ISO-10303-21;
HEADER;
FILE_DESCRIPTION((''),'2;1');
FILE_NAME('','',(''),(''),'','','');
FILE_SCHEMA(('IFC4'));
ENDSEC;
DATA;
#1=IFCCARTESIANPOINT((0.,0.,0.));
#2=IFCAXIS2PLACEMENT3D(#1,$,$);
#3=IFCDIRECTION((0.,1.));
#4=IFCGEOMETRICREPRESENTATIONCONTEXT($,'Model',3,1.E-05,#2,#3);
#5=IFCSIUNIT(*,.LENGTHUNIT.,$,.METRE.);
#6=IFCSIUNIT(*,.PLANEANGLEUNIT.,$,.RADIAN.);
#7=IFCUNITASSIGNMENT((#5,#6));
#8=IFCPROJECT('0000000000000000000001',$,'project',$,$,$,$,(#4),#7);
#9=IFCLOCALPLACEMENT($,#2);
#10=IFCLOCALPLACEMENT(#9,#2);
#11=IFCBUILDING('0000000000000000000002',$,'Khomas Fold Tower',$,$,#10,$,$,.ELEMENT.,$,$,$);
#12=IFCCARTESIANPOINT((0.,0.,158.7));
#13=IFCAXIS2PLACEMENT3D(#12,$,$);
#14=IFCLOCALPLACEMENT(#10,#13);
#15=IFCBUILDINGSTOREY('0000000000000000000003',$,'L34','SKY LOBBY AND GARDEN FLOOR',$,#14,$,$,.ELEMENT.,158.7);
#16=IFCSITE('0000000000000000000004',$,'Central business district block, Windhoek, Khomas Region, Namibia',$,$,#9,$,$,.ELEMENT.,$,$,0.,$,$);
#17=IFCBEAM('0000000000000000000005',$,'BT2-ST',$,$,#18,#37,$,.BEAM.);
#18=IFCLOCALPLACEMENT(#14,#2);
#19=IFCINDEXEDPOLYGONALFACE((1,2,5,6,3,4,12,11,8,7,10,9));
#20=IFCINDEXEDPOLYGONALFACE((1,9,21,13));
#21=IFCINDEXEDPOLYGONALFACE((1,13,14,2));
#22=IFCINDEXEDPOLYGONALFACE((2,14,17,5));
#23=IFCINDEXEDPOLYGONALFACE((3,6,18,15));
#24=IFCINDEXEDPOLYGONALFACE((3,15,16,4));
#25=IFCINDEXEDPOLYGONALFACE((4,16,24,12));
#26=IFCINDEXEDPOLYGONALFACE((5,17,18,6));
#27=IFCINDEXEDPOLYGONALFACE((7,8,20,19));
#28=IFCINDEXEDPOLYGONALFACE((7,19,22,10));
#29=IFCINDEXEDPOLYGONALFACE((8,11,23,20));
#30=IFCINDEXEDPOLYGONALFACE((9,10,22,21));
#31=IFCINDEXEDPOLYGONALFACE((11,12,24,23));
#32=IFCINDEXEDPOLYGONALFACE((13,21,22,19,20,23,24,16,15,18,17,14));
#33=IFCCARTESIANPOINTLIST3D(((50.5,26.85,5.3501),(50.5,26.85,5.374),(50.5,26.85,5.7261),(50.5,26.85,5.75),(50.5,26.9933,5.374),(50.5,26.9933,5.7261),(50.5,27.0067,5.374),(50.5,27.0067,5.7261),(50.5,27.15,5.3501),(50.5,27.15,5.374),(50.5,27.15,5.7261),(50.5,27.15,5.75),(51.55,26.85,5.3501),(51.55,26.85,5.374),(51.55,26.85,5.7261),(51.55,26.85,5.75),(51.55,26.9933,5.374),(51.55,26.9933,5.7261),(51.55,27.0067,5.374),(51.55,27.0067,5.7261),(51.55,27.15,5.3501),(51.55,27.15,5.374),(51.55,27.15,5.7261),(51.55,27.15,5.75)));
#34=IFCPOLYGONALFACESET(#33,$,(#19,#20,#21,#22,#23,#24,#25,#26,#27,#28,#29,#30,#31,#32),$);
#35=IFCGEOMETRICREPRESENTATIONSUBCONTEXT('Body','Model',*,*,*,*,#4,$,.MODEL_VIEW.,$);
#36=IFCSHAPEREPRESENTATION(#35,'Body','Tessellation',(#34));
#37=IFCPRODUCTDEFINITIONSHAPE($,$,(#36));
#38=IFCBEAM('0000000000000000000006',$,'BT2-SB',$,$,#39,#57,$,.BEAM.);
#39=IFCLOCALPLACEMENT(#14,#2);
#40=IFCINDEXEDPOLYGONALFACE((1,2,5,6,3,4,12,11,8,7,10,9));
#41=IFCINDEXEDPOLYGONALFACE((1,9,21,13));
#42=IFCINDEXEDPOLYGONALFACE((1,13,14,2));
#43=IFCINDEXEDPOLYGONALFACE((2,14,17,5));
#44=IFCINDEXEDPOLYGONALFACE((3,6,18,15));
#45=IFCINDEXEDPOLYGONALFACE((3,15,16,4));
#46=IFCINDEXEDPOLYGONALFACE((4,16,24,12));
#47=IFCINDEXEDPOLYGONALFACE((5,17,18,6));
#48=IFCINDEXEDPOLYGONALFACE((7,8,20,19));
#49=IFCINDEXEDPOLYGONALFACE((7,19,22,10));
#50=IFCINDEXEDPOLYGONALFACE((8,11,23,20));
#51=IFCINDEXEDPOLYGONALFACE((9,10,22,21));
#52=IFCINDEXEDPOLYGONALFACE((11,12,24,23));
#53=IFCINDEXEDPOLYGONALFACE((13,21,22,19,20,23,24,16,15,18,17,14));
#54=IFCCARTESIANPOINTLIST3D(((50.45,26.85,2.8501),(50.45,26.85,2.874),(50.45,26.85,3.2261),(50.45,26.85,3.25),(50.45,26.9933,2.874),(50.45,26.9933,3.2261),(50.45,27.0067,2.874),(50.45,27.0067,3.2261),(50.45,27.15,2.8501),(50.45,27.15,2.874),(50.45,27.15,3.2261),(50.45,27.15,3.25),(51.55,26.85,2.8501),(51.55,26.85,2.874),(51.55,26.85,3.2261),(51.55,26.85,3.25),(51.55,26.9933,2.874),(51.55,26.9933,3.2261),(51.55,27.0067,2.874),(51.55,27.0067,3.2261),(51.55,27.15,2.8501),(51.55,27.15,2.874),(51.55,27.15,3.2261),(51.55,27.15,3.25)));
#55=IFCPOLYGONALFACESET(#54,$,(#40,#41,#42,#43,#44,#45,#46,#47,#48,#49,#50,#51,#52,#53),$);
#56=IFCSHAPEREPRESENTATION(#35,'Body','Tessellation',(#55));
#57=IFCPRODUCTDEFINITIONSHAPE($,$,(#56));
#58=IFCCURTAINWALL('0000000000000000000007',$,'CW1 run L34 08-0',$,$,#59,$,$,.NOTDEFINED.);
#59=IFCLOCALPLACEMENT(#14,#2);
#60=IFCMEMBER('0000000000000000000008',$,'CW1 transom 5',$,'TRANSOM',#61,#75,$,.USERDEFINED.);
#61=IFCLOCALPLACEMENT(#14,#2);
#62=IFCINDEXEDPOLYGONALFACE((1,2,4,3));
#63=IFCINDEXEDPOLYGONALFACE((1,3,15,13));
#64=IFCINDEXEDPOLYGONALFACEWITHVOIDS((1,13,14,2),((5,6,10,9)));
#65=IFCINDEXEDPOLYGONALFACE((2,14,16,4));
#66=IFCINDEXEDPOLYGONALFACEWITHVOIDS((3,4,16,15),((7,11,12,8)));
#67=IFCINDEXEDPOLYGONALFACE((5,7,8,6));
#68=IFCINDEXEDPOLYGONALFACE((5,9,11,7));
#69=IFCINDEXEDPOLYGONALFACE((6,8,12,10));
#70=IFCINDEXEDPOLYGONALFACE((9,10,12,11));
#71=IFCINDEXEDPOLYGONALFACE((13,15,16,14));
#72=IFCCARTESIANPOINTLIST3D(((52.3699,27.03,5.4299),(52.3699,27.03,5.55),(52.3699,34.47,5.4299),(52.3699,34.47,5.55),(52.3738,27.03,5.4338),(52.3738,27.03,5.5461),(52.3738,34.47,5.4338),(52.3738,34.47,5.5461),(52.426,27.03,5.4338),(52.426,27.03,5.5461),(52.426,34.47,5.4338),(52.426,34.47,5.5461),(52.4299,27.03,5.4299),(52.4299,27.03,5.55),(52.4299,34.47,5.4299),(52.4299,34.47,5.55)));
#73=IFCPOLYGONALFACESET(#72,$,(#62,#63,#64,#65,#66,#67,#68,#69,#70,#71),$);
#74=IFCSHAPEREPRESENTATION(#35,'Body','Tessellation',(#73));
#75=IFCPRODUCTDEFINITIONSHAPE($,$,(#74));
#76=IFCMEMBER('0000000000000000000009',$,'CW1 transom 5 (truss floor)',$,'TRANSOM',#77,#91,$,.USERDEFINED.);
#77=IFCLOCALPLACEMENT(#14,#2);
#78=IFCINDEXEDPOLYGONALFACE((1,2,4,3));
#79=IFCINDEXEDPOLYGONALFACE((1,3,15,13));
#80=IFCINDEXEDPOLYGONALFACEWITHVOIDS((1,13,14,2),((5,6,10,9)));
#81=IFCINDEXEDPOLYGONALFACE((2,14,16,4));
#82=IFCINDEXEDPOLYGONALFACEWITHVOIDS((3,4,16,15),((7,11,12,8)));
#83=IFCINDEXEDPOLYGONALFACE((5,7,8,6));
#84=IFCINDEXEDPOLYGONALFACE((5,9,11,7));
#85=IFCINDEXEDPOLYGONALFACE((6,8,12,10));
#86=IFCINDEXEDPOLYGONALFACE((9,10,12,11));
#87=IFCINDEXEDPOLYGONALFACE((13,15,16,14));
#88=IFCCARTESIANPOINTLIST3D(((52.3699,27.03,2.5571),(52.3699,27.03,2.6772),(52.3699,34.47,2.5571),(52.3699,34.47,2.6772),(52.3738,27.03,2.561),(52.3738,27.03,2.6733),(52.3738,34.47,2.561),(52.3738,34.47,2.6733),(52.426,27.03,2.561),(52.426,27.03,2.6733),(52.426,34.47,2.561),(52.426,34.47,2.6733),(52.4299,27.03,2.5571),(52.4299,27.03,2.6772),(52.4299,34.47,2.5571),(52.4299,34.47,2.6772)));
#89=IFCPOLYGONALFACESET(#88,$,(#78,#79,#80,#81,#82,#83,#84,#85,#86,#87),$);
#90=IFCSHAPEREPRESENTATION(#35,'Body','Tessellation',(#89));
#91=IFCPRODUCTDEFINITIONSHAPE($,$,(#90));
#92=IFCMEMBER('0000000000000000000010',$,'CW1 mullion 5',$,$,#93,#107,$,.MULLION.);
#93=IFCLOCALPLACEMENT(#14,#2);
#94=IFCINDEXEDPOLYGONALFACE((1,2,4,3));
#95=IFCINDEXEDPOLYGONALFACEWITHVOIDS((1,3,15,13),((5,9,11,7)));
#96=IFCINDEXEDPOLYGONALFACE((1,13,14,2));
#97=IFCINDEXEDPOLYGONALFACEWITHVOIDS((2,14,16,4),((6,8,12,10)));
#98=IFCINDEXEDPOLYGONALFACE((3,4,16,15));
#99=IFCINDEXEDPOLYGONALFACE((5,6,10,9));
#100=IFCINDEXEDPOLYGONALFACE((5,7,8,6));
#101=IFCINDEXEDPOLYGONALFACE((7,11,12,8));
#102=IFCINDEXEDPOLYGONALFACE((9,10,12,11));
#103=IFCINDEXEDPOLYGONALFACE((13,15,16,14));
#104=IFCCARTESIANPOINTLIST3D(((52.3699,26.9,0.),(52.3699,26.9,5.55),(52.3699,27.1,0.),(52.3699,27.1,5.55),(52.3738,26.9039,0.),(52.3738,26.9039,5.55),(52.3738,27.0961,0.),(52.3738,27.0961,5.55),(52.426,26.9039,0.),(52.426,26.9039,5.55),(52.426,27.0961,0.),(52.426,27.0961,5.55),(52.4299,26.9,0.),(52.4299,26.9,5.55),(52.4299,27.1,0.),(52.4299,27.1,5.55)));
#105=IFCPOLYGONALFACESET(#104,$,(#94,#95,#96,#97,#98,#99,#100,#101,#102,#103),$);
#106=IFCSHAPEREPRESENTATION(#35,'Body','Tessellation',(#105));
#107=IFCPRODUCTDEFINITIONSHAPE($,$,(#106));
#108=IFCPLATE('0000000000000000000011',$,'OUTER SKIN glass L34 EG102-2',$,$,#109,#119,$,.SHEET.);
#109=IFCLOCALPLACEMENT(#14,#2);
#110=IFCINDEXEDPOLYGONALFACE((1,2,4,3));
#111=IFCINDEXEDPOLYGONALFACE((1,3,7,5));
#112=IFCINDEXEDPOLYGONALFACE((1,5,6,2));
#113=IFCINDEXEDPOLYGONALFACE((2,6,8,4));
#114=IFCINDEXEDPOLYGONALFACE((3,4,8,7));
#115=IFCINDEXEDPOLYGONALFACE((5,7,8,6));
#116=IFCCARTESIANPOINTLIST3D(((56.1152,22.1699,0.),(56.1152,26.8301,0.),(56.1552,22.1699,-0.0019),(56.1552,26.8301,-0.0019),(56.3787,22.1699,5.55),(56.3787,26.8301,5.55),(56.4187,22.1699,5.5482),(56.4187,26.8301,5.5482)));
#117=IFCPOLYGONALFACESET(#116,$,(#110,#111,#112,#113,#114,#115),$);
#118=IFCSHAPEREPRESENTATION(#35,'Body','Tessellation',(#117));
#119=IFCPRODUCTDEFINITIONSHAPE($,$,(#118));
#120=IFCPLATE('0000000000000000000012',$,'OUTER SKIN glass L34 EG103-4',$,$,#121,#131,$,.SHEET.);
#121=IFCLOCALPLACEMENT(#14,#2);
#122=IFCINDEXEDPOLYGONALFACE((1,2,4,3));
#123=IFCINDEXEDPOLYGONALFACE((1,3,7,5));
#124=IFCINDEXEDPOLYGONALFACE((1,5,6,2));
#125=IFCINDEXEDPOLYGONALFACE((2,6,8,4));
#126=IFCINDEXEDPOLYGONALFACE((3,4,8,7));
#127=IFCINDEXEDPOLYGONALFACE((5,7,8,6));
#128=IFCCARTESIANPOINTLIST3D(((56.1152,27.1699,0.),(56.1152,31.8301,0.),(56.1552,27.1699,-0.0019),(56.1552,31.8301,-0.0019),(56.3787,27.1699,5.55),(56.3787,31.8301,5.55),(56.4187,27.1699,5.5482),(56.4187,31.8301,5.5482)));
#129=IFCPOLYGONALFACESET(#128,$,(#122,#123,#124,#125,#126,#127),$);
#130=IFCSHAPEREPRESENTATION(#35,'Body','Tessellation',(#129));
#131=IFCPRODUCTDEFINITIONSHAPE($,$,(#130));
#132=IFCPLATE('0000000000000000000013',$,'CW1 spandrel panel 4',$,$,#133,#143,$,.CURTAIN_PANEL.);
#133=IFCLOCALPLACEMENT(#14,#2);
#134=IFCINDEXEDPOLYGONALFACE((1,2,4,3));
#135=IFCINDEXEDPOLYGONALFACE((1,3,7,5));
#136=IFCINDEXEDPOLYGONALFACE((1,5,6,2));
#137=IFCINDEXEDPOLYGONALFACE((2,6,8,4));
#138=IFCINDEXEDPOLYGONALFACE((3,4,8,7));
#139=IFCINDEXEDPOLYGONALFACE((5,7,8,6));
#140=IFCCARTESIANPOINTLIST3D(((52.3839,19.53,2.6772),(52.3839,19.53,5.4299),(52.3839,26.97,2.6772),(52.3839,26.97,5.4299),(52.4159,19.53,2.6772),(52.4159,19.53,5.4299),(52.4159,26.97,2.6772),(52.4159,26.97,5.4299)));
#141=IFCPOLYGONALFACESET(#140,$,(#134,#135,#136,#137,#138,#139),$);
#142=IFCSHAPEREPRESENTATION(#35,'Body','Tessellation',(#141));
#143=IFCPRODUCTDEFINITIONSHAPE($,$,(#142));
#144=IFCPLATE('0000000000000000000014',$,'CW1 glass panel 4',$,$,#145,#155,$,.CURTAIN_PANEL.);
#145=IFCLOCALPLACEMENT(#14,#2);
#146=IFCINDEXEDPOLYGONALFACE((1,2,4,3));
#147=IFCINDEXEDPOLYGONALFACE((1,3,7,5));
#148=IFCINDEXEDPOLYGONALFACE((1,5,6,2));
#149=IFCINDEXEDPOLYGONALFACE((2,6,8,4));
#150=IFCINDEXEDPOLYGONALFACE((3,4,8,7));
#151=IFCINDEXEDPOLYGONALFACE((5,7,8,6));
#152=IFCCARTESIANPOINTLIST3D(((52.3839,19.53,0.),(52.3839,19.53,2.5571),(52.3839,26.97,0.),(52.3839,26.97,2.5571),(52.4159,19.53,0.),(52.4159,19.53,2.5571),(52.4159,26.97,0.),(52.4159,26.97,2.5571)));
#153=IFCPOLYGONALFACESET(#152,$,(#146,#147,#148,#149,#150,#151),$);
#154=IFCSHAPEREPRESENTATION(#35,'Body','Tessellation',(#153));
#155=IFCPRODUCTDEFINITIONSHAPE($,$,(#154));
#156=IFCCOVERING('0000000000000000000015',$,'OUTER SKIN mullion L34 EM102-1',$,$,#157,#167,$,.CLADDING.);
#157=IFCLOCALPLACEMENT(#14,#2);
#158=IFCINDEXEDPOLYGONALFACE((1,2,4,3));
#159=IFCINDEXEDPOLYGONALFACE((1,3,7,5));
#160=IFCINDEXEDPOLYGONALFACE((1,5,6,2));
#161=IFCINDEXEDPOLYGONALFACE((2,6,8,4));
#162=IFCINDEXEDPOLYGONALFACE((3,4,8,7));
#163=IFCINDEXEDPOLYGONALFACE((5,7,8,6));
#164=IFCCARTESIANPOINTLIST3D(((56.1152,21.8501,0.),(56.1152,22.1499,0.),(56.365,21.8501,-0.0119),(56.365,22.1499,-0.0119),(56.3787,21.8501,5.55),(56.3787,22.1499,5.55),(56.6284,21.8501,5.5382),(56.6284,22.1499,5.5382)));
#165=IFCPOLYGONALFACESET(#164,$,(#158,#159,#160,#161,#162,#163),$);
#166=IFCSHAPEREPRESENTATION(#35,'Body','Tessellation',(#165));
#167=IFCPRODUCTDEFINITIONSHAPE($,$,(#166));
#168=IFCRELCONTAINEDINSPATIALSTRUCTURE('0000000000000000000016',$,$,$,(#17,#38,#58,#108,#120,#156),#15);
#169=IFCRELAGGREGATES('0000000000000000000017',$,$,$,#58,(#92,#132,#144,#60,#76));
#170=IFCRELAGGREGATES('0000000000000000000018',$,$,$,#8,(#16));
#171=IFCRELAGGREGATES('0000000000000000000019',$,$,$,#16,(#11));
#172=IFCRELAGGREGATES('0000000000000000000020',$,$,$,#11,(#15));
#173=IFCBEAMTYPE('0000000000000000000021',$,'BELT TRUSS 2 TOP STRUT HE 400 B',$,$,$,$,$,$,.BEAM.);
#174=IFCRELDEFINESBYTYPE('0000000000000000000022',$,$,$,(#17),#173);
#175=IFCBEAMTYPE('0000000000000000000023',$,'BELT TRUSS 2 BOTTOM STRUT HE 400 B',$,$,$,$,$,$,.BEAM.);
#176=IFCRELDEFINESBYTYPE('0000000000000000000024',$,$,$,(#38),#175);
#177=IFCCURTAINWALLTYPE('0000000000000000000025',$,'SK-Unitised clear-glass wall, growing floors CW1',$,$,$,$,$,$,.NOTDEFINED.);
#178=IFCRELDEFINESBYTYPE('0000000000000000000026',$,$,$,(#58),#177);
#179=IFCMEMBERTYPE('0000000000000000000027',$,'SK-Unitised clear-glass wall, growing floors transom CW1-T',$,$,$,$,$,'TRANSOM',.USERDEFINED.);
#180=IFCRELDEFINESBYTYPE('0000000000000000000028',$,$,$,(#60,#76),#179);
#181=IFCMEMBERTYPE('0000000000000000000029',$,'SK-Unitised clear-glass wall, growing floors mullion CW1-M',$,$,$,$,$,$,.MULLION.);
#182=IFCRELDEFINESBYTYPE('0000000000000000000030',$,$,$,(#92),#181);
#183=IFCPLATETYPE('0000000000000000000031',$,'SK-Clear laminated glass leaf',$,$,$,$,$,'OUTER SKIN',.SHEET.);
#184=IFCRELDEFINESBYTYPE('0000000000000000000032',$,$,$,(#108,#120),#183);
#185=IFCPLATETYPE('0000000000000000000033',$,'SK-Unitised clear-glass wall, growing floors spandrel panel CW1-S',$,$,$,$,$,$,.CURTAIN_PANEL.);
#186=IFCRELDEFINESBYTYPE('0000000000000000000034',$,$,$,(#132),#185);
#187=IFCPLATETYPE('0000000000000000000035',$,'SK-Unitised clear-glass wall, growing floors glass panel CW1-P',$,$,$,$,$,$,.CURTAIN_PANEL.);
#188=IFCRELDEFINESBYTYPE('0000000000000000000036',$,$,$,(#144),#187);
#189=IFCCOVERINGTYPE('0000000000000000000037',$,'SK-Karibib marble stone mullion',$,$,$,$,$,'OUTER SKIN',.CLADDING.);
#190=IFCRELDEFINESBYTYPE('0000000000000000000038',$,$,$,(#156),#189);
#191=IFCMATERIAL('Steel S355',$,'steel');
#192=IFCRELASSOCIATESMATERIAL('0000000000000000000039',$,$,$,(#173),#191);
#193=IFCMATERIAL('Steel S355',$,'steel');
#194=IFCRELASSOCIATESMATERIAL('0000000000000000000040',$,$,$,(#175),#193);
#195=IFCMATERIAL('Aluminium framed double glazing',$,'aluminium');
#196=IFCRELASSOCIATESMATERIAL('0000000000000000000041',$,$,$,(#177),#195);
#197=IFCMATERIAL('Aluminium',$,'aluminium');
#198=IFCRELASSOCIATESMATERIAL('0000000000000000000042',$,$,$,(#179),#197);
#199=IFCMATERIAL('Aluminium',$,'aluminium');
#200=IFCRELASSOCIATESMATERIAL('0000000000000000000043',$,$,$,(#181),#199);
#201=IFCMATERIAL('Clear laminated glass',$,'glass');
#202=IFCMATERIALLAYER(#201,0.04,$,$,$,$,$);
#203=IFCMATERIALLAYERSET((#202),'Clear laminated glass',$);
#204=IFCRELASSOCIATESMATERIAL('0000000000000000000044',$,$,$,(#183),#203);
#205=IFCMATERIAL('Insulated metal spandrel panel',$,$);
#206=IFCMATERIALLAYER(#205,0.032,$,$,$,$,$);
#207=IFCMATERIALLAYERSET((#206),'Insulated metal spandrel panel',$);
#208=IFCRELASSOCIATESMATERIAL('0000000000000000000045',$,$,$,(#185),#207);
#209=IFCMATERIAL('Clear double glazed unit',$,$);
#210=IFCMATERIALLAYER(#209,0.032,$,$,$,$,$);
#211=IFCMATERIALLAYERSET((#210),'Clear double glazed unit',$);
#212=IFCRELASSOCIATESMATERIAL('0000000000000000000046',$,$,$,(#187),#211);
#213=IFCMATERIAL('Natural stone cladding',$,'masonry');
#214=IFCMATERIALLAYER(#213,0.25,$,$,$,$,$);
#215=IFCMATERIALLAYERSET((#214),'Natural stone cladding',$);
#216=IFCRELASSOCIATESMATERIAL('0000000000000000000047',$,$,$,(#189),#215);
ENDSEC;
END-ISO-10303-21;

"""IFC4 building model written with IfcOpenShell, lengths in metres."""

from ifc_helpers import new_model, si_unit, direction, frame, origin, origin_2d, place, context, subcontext, project, spatial, polyline, rectangle, hollow_rectangle, i_section, outline, extrude, source, transform, mapped, material, layer, layer_set, material_profile, profile_set, type_object, element, aggregate, save


model = new_model("IFC4")

# Units and contexts
model_context = context("Model", 3, precision=1e-05, world=origin(), true_north=direction((0.0, 1.0)))
body_context = subcontext(model_context, "Body", "Model", "MODEL_VIEW")
ifc_project = project(units=[si_unit("LENGTHUNIT", "METRE"), si_unit("PLANEANGLEUNIT", "RADIAN")], contexts=[model_context])

# Site, building, storey
site_placement = place(None, origin())
site = spatial("IfcSite", under=ifc_project, at=site_placement, Name="Central business district block, Windhoek, Khomas Region, Namibia", CompositionType="ELEMENT", RefElevation=0.0)
building_placement = place(site_placement, origin())
building = spatial("IfcBuilding", under=site, at=building_placement, Name="Khomas Fold Tower", CompositionType="ELEMENT")
storey_placement = place(building_placement, frame((0.0, 0.0, 158.7)))
storey = spatial("IfcBuildingStorey", under=building, at=storey_placement, Name="L34", Description="SKY LOBBY AND GARDEN FLOOR", CompositionType="ELEMENT", Elevation=158.7)

# Beams
ifc_material_1 = material(Name="Steel S355", Category="steel")
ifc_material_profile_1 = material_profile(ifc_material_1, i_section(OverallWidth=0.3, OverallDepth=0.3999, WebThickness=0.0134, FlangeThickness=0.0239, at=origin_2d()), Name="HE 400 B")
ifc_profile_set_1 = profile_set([ifc_material_profile_1], Name="Steel S355")
beam_type_1 = type_object("IfcBeamType", Name="BELT TRUSS 2 TOP STRUT HE 400 B", PredefinedType="BEAM", material=ifc_profile_set_1)
shared_shape_1 = source(origin(), body_context, "Body", "SweptSolid", [
    extrude(i_section(OverallWidth=0.3, OverallDepth=0.3999, WebThickness=0.0134, FlangeThickness=0.0239, at=origin_2d()), origin(), (0.0, 0.0, 1.0), 1.05),
])
beam_1_placement = place(storey_placement, frame((50.5, 27.0, 5.55), z_axis=(1.0, 0.0, 0.0), x_axis=(0.0, 1.0, 0.0)))
element("IfcBeam", 1, at=beam_1_placement, inside=storey, type_object=beam_type_1, Name="BT2-ST", PredefinedType="BEAM", context=body_context, shape_type="MappedRepresentation", body=[
    mapped(shared_shape_1, transform((0.0, 0.0, 0.0))),
])
ifc_material_2 = material(Name="Steel S355", Category="steel")
ifc_material_profile_2 = material_profile(ifc_material_2, i_section(OverallWidth=0.3, OverallDepth=0.3999, WebThickness=0.0134, FlangeThickness=0.0239, at=origin_2d()), Name="HE 400 B")
ifc_profile_set_2 = profile_set([ifc_material_profile_2], Name="Steel S355")
beam_type_2 = type_object("IfcBeamType", Name="BELT TRUSS 2 BOTTOM STRUT HE 400 B", PredefinedType="BEAM", material=ifc_profile_set_2)
shared_shape_2 = source(origin(), body_context, "Body", "SweptSolid", [
    extrude(i_section(OverallWidth=0.3, OverallDepth=0.3999, WebThickness=0.0134, FlangeThickness=0.0239, at=origin_2d()), origin(), (0.0, 0.0, 1.0), 1.1001),
])
beam_2_placement = place(storey_placement, frame((50.45, 27.0, 3.05), z_axis=(1.0, 0.0, 0.0), x_axis=(0.0, 1.0, 0.0)))
element("IfcBeam", 2, at=beam_2_placement, inside=storey, type_object=beam_type_2, Name="BT2-SB", PredefinedType="BEAM", context=body_context, shape_type="MappedRepresentation", body=[
    mapped(shared_shape_2, transform((0.0, 0.0, 0.0))),
])

# Curtain wall, members
ifc_material_3 = material(Name="Aluminium framed double glazing", Category="aluminium")
curtain_wall_type = type_object("IfcCurtainWallType", Name="SK-Unitised clear-glass wall, growing floors CW1", PredefinedType="NOTDEFINED", material=ifc_material_3)
curtain_wall_placement = place(storey_placement, origin())
curtain_wall = element("IfcCurtainWall", 3, at=curtain_wall_placement, inside=storey, type_object=curtain_wall_type, Name="CW1 run L34 08-0", PredefinedType="NOTDEFINED")
ifc_material_4 = material(Name="Aluminium", Category="aluminium")
ifc_material_profile_3 = material_profile(ifc_material_4, hollow_rectangle(XDim=0.0601, YDim=0.1201, WallThickness=0.0039, at=origin_2d()), Name="SK-Unitised clear-glass wall, growing floors transom CW1-T")
ifc_profile_set_3 = profile_set([ifc_material_profile_3], Name="Aluminium")
member_type_1 = type_object("IfcMemberType", Name="SK-Unitised clear-glass wall, growing floors transom CW1-T", ElementType="TRANSOM", PredefinedType="USERDEFINED", material=ifc_profile_set_3)
shared_shape_3 = source(origin(), body_context, "Body", "SweptSolid", [
    extrude(hollow_rectangle(XDim=0.0601, YDim=0.1201, WallThickness=0.0039, at=origin_2d()), origin(), (0.0, 0.0, 1.0), 7.4399),
])
member_1_placement = place(storey_placement, frame((52.3999, 27.03, 5.49), z_axis=(0.0, 1.0, 0.0), x_axis=(-1.0, 0.0, 0.0)))
member_1 = element("IfcMember", 4, at=member_1_placement, type_object=member_type_1, Name="CW1 transom 5", ObjectType="TRANSOM", PredefinedType="USERDEFINED", context=body_context, shape_type="MappedRepresentation", body=[
    mapped(shared_shape_3, transform((0.0, 0.0, 0.0))),
])
member_2_placement = place(storey_placement, frame((52.3999, 27.03, 2.6172), z_axis=(0.0, 1.0, 0.0), x_axis=(-1.0, 0.0, 0.0)))
member_2 = element("IfcMember", 5, at=member_2_placement, type_object=member_type_1, Name="CW1 transom 5 (truss floor)", ObjectType="TRANSOM", PredefinedType="USERDEFINED", context=body_context, shape_type="MappedRepresentation", body=[
    mapped(shared_shape_3, transform((0.0, 0.0, 0.0))),
])
ifc_material_5 = material(Name="Aluminium", Category="aluminium")
ifc_material_profile_4 = material_profile(ifc_material_5, hollow_rectangle(XDim=0.0601, YDim=0.2, WallThickness=0.0039, at=origin_2d()), Name="SK-Unitised clear-glass wall, growing floors mullion CW1-M")
ifc_profile_set_4 = profile_set([ifc_material_profile_4], Name="Aluminium")
member_type_2 = type_object("IfcMemberType", Name="SK-Unitised clear-glass wall, growing floors mullion CW1-M", PredefinedType="MULLION", material=ifc_profile_set_4)
shared_shape_4 = source(origin(), body_context, "Body", "SweptSolid", [
    extrude(hollow_rectangle(XDim=0.0601, YDim=0.2, WallThickness=0.0039, at=origin_2d()), origin(), (0.0, 0.0, 1.0), 5.55),
])
member_3_placement = place(storey_placement, frame((52.3999, 27.0, 0.0), z_axis=(0.0, 0.0, 1.0), x_axis=(-1.0, 0.0, 0.0)))
member_3 = element("IfcMember", 6, at=member_3_placement, type_object=member_type_2, Name="CW1 mullion 5", PredefinedType="MULLION", context=body_context, shape_type="MappedRepresentation", body=[
    mapped(shared_shape_4, transform((0.0, 0.0, 0.0))),
])

# Plates
ifc_material_6 = material(Name="Clear laminated glass", Category="glass")
ifc_layer_1 = layer(ifc_material_6, 0.04)
ifc_layer_set_1 = layer_set([ifc_layer_1], Name="Clear laminated glass")
plate_type_1 = type_object("IfcPlateType", Name="SK-Clear laminated glass leaf", ElementType="OUTER SKIN", PredefinedType="SHEET", material=ifc_layer_set_1)
for number, where, z_axis, x_axis, name in (
    (7, (56.1152, 22.1699, 0.0), (-0.998875, 0.0, 0.047411), (0.047411, 0.0, 0.998875), "OUTER SKIN glass L34 EG102-2"),
    (8, (56.1152, 27.1699, 0.0), (-0.998875, 0.0, 0.047411), (0.047411, 0.0, 0.998875), "OUTER SKIN glass L34 EG103-4"),
):
    element("IfcPlate", number, at=place(storey_placement, frame(where, z_axis=z_axis, x_axis=x_axis)), inside=storey, type_object=plate_type_1, Name=name, PredefinedType="SHEET", context=body_context, shape_type="SweptSolid", body=[
        extrude(outline(polyline([(0.0, 0.0), (5.5563, 0.0), (5.5563, 4.6602), (0.0, 4.6602), (0.0, 0.0)])), origin(), (0.0, 0.0, -1.0), 0.04),
    ])

# Plates
ifc_material_7 = material(Name="Insulated metal spandrel panel")
ifc_layer_2 = layer(ifc_material_7, 0.032)
ifc_layer_set_2 = layer_set([ifc_layer_2], Name="Insulated metal spandrel panel")
plate_type_2 = type_object("IfcPlateType", Name="SK-Unitised clear-glass wall, growing floors spandrel panel CW1-S", PredefinedType="CURTAIN_PANEL", material=ifc_layer_set_2)
shared_shape_5 = source(origin(), body_context, "Body", "SweptSolid", [
    extrude(rectangle(XDim=7.4399, YDim=0.032, at=origin_2d()), origin(), (0.0, 0.0, 1.0), 2.7527),
])
plate_1_placement = place(storey_placement, frame((52.3999, 23.25, 2.6772), z_axis=(0.0, 0.0, 1.0), x_axis=(0.0, 1.0, 0.0)))
plate_1 = element("IfcPlate", 9, at=plate_1_placement, type_object=plate_type_2, Name="CW1 spandrel panel 4", PredefinedType="CURTAIN_PANEL", context=body_context, shape_type="MappedRepresentation", body=[
    mapped(shared_shape_5, transform((0.0, 0.0, 0.0))),
])
ifc_material_8 = material(Name="Clear double glazed unit")
ifc_layer_3 = layer(ifc_material_8, 0.032)
ifc_layer_set_3 = layer_set([ifc_layer_3], Name="Clear double glazed unit")
plate_type_3 = type_object("IfcPlateType", Name="SK-Unitised clear-glass wall, growing floors glass panel CW1-P", PredefinedType="CURTAIN_PANEL", material=ifc_layer_set_3)
shared_shape_6 = source(origin(), body_context, "Body", "SweptSolid", [
    extrude(rectangle(XDim=7.4399, YDim=0.032, at=origin_2d()), origin(), (0.0, 0.0, 1.0), 2.5571),
])
plate_2_placement = place(storey_placement, frame((52.3999, 23.25, 0.0), z_axis=(0.0, 0.0, 1.0), x_axis=(0.0, 1.0, 0.0)))
plate_2 = element("IfcPlate", 10, at=plate_2_placement, type_object=plate_type_3, Name="CW1 glass panel 4", PredefinedType="CURTAIN_PANEL", context=body_context, shape_type="MappedRepresentation", body=[
    mapped(shared_shape_6, transform((0.0, 0.0, 0.0))),
])
aggregate(curtain_wall, [member_3, plate_1, plate_2, member_1, member_2])

# Covering
ifc_material_9 = material(Name="Natural stone cladding", Category="masonry")
ifc_layer_4 = layer(ifc_material_9, 0.25)
ifc_layer_set_4 = layer_set([ifc_layer_4], Name="Natural stone cladding")
covering_type = type_object("IfcCoveringType", Name="SK-Karibib marble stone mullion", ElementType="OUTER SKIN", PredefinedType="CLADDING", material=ifc_layer_set_4)
for number, where, z_axis, x_axis, name in (
    (11, (56.1152, 21.8501, 0.0), (-0.998875, 0.0, 0.047411), (0.047411, 0.0, 0.998875), "OUTER SKIN mullion L34 EM102-1"),
):
    element("IfcCovering", number, at=place(storey_placement, frame(where, z_axis=z_axis, x_axis=x_axis)), inside=storey, type_object=covering_type, Name=name, PredefinedType="CLADDING", context=body_context, shape_type="SweptSolid", body=[
        extrude(outline(polyline([(0.0, 0.0), (5.5563, 0.0), (5.5563, 0.2998), (0.0, 0.2998), (0.0, 0.0)])), origin(), (0.0, 0.0, -1.0), 0.25),
    ])

save(model, "model.ifc")
